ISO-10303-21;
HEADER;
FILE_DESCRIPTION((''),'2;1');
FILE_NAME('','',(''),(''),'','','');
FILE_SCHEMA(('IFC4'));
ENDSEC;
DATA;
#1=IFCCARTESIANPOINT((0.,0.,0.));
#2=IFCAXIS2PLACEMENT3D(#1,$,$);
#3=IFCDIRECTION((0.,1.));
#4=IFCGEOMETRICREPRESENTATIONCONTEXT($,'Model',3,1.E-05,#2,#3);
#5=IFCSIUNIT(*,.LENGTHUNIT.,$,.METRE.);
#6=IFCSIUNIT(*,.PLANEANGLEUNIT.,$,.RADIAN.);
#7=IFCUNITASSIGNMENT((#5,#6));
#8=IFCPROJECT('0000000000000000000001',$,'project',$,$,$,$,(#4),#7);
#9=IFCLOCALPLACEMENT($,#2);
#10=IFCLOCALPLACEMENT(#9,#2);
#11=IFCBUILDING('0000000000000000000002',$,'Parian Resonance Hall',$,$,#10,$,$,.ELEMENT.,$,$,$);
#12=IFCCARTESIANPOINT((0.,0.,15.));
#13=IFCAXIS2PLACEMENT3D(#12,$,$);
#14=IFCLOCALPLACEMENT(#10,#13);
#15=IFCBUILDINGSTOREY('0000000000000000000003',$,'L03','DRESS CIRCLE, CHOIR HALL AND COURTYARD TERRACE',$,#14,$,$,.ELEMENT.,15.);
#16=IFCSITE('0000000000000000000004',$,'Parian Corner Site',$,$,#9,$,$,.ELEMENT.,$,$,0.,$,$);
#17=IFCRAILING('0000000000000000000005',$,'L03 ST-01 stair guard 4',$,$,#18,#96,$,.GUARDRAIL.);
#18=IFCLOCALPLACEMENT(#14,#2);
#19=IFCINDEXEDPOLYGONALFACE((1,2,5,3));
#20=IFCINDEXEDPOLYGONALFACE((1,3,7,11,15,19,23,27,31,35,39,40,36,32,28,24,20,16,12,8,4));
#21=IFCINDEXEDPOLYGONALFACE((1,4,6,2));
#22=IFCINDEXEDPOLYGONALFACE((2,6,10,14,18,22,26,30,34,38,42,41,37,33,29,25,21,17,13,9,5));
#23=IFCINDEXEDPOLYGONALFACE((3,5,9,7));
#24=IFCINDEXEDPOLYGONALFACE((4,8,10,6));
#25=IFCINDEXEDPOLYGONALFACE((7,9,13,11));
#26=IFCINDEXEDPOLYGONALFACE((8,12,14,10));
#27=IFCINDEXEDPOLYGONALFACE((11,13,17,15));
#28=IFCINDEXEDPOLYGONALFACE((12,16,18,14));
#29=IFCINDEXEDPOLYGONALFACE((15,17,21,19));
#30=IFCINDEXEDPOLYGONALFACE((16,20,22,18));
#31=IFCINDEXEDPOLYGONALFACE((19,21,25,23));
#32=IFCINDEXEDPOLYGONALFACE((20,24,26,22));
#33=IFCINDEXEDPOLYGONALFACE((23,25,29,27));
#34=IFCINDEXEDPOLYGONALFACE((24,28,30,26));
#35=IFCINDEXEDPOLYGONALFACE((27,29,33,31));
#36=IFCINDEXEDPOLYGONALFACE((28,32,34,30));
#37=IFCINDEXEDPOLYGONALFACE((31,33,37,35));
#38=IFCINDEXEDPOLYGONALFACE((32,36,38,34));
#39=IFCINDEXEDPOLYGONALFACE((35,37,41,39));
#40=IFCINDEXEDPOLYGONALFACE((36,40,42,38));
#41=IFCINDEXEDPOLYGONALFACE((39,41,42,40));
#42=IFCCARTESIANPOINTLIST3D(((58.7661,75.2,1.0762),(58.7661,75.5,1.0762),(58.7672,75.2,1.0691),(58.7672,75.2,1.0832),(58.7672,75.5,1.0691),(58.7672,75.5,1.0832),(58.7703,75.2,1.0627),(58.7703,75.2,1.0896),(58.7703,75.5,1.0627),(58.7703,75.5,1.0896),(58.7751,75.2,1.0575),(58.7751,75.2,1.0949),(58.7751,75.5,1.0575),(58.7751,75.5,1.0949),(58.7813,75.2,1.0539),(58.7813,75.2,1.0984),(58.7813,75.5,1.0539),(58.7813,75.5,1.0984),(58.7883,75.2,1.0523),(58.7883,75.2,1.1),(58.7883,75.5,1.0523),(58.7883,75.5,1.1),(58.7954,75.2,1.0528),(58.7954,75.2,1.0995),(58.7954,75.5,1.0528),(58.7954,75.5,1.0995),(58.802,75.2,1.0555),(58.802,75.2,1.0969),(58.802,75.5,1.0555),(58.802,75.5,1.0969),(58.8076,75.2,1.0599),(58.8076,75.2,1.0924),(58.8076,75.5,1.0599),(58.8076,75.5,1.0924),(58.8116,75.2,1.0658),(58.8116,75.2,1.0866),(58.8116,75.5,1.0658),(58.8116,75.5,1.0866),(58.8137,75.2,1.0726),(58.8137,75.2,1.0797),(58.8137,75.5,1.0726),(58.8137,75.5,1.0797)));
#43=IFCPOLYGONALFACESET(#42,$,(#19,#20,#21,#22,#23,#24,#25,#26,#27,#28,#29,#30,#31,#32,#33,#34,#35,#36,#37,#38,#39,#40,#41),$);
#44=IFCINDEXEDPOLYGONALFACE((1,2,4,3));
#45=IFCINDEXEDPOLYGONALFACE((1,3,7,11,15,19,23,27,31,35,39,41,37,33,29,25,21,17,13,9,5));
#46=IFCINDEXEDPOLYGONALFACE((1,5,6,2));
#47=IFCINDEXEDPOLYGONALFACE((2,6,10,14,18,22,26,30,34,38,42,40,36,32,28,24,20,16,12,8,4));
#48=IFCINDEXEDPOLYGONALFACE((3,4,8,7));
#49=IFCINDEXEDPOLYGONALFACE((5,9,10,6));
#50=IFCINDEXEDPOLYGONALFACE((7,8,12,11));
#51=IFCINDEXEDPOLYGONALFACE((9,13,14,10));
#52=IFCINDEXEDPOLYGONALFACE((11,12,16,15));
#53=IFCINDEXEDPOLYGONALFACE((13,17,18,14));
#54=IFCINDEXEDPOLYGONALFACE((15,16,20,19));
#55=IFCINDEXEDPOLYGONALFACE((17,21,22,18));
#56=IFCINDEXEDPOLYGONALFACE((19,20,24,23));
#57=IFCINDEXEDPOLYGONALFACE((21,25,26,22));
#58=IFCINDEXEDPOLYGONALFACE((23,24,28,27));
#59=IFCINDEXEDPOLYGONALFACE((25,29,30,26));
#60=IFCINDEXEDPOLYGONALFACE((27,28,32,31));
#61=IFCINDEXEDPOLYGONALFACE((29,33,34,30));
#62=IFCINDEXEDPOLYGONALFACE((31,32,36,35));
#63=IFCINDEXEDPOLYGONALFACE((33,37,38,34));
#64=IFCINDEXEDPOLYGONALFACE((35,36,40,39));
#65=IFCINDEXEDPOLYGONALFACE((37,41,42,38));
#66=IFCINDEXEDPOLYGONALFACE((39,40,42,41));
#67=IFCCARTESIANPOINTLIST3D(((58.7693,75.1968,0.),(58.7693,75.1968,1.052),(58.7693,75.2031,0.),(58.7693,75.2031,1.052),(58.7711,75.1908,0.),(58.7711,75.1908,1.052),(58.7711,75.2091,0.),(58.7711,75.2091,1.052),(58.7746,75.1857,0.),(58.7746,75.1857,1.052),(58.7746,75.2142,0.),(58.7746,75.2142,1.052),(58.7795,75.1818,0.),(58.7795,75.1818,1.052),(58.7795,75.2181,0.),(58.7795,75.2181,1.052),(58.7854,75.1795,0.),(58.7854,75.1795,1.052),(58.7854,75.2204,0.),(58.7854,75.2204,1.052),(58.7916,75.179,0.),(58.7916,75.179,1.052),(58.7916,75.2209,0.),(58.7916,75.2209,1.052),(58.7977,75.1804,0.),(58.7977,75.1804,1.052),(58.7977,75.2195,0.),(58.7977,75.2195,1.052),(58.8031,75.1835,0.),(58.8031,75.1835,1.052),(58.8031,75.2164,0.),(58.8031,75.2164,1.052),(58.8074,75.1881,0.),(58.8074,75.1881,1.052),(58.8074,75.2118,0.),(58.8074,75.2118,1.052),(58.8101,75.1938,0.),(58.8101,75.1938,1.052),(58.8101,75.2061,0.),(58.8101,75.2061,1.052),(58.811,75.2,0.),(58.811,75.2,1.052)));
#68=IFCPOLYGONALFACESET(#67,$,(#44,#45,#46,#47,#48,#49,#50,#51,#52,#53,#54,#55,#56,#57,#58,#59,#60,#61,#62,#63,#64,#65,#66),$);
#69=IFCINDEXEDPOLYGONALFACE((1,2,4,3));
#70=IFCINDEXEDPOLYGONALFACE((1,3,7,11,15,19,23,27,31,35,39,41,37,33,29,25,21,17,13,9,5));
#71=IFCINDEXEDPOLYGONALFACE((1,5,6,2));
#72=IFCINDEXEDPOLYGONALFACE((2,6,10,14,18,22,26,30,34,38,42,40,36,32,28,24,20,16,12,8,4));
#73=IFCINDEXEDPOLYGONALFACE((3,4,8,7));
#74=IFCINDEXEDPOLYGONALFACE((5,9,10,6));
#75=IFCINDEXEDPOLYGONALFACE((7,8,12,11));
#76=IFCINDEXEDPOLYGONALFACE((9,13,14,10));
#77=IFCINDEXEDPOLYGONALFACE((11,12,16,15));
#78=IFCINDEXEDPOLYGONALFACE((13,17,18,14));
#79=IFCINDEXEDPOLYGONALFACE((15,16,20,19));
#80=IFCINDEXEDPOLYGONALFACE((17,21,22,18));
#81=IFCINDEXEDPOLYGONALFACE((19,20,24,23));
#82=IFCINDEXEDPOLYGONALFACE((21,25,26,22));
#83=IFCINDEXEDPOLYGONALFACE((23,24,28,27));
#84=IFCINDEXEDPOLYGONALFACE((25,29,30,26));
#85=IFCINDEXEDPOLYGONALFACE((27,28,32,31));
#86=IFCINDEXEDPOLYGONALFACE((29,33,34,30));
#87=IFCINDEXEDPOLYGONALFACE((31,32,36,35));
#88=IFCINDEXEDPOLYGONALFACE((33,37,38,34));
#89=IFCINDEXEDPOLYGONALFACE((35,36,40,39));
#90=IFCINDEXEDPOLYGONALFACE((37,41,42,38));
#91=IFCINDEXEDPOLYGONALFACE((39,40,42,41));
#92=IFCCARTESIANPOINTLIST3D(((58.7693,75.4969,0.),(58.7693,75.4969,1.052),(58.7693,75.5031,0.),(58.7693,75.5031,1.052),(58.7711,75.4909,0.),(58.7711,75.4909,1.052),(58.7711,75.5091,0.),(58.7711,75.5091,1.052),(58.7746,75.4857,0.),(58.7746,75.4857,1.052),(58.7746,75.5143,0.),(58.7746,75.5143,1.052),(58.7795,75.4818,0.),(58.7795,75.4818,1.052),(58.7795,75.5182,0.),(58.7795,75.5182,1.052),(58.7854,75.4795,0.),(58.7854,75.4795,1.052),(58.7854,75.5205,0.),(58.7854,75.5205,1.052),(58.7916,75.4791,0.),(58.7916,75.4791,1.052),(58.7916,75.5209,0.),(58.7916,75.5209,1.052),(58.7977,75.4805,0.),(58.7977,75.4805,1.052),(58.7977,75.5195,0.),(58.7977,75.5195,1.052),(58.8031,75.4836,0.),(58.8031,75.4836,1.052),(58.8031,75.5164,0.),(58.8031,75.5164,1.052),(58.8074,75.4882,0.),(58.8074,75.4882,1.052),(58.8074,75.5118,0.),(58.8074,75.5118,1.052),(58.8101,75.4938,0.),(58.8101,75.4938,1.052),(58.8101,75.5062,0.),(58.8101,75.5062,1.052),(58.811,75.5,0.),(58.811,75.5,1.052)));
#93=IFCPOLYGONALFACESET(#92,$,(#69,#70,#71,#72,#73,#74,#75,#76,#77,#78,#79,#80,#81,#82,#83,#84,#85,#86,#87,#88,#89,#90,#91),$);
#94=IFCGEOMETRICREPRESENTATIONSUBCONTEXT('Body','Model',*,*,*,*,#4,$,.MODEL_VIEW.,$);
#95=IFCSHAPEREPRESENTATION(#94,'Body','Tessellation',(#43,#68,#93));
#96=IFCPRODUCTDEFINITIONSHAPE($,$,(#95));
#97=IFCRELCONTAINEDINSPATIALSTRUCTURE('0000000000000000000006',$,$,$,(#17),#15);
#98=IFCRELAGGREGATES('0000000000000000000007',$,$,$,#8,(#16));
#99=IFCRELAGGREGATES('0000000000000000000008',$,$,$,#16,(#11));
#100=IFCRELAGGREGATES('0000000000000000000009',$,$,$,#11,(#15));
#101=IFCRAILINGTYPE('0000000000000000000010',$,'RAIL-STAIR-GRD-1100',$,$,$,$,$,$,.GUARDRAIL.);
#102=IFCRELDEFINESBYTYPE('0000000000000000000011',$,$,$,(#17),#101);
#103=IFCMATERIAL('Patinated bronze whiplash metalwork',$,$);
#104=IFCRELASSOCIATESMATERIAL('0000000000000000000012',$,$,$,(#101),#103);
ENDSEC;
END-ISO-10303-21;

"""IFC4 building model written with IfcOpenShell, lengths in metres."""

from ifc_helpers import new_model, si_unit, direction, frame, origin, origin_2d, place, context, subcontext, project, spatial, circle, extrude, material, type_object, element, save


model = new_model("IFC4")

# Units and contexts
model_context = context("Model", 3, precision=1e-05, world=origin(), true_north=direction((0.0, 1.0)))
body_context = subcontext(model_context, "Body", "Model", "MODEL_VIEW")
ifc_project = project(units=[si_unit("LENGTHUNIT", "METRE"), si_unit("PLANEANGLEUNIT", "RADIAN")], contexts=[model_context])

# Site, building, storey
site_placement = place(None, origin())
site = spatial("IfcSite", under=ifc_project, at=site_placement, Name="Parian Corner Site", CompositionType="ELEMENT", RefElevation=0.0)
building_placement = place(site_placement, origin())
building = spatial("IfcBuilding", under=site, at=building_placement, Name="Parian Resonance Hall", CompositionType="ELEMENT")
storey_placement = place(building_placement, frame((0.0, 0.0, 15.0)))
storey = spatial("IfcBuildingStorey", under=building, at=storey_placement, Name="L03", Description="DRESS CIRCLE, CHOIR HALL AND COURTYARD TERRACE", CompositionType="ELEMENT", Elevation=15.0)

# Railing
ifc_material_1 = material(Name="Patinated bronze whiplash metalwork")
railing_type_1 = type_object("IfcRailingType", Name="RAIL-STAIR-GRD-1100", PredefinedType="GUARDRAIL", material=ifc_material_1)
railing_1_placement = place(storey_placement, frame((58.79, 75.2, 0.0)))
element("IfcRailing", 1, at=railing_1_placement, inside=storey, type_object=railing_type_1, Name="L03 ST-01 stair guard 4", PredefinedType="GUARDRAIL", context=body_context, shape_type="SweptSolid", body=[
    extrude(circle(Radius=0.0239, at=origin_2d()), frame((0.0, 0.0, 1.0762), z_axis=(0.0, 1.0, 0.0), x_axis=(-1.0, 0.0, 0.0)), (0.0, 0.0, 1.0), 0.3),
    extrude(circle(Radius=0.021, at=origin_2d()), origin(), (0.0, 0.0, 1.0), 1.052),
    extrude(circle(Radius=0.021, at=origin_2d()), frame((0.0, 0.3, 0.0)), (0.0, 0.0, 1.0), 1.052),
])

save(model, "model.ifc")
